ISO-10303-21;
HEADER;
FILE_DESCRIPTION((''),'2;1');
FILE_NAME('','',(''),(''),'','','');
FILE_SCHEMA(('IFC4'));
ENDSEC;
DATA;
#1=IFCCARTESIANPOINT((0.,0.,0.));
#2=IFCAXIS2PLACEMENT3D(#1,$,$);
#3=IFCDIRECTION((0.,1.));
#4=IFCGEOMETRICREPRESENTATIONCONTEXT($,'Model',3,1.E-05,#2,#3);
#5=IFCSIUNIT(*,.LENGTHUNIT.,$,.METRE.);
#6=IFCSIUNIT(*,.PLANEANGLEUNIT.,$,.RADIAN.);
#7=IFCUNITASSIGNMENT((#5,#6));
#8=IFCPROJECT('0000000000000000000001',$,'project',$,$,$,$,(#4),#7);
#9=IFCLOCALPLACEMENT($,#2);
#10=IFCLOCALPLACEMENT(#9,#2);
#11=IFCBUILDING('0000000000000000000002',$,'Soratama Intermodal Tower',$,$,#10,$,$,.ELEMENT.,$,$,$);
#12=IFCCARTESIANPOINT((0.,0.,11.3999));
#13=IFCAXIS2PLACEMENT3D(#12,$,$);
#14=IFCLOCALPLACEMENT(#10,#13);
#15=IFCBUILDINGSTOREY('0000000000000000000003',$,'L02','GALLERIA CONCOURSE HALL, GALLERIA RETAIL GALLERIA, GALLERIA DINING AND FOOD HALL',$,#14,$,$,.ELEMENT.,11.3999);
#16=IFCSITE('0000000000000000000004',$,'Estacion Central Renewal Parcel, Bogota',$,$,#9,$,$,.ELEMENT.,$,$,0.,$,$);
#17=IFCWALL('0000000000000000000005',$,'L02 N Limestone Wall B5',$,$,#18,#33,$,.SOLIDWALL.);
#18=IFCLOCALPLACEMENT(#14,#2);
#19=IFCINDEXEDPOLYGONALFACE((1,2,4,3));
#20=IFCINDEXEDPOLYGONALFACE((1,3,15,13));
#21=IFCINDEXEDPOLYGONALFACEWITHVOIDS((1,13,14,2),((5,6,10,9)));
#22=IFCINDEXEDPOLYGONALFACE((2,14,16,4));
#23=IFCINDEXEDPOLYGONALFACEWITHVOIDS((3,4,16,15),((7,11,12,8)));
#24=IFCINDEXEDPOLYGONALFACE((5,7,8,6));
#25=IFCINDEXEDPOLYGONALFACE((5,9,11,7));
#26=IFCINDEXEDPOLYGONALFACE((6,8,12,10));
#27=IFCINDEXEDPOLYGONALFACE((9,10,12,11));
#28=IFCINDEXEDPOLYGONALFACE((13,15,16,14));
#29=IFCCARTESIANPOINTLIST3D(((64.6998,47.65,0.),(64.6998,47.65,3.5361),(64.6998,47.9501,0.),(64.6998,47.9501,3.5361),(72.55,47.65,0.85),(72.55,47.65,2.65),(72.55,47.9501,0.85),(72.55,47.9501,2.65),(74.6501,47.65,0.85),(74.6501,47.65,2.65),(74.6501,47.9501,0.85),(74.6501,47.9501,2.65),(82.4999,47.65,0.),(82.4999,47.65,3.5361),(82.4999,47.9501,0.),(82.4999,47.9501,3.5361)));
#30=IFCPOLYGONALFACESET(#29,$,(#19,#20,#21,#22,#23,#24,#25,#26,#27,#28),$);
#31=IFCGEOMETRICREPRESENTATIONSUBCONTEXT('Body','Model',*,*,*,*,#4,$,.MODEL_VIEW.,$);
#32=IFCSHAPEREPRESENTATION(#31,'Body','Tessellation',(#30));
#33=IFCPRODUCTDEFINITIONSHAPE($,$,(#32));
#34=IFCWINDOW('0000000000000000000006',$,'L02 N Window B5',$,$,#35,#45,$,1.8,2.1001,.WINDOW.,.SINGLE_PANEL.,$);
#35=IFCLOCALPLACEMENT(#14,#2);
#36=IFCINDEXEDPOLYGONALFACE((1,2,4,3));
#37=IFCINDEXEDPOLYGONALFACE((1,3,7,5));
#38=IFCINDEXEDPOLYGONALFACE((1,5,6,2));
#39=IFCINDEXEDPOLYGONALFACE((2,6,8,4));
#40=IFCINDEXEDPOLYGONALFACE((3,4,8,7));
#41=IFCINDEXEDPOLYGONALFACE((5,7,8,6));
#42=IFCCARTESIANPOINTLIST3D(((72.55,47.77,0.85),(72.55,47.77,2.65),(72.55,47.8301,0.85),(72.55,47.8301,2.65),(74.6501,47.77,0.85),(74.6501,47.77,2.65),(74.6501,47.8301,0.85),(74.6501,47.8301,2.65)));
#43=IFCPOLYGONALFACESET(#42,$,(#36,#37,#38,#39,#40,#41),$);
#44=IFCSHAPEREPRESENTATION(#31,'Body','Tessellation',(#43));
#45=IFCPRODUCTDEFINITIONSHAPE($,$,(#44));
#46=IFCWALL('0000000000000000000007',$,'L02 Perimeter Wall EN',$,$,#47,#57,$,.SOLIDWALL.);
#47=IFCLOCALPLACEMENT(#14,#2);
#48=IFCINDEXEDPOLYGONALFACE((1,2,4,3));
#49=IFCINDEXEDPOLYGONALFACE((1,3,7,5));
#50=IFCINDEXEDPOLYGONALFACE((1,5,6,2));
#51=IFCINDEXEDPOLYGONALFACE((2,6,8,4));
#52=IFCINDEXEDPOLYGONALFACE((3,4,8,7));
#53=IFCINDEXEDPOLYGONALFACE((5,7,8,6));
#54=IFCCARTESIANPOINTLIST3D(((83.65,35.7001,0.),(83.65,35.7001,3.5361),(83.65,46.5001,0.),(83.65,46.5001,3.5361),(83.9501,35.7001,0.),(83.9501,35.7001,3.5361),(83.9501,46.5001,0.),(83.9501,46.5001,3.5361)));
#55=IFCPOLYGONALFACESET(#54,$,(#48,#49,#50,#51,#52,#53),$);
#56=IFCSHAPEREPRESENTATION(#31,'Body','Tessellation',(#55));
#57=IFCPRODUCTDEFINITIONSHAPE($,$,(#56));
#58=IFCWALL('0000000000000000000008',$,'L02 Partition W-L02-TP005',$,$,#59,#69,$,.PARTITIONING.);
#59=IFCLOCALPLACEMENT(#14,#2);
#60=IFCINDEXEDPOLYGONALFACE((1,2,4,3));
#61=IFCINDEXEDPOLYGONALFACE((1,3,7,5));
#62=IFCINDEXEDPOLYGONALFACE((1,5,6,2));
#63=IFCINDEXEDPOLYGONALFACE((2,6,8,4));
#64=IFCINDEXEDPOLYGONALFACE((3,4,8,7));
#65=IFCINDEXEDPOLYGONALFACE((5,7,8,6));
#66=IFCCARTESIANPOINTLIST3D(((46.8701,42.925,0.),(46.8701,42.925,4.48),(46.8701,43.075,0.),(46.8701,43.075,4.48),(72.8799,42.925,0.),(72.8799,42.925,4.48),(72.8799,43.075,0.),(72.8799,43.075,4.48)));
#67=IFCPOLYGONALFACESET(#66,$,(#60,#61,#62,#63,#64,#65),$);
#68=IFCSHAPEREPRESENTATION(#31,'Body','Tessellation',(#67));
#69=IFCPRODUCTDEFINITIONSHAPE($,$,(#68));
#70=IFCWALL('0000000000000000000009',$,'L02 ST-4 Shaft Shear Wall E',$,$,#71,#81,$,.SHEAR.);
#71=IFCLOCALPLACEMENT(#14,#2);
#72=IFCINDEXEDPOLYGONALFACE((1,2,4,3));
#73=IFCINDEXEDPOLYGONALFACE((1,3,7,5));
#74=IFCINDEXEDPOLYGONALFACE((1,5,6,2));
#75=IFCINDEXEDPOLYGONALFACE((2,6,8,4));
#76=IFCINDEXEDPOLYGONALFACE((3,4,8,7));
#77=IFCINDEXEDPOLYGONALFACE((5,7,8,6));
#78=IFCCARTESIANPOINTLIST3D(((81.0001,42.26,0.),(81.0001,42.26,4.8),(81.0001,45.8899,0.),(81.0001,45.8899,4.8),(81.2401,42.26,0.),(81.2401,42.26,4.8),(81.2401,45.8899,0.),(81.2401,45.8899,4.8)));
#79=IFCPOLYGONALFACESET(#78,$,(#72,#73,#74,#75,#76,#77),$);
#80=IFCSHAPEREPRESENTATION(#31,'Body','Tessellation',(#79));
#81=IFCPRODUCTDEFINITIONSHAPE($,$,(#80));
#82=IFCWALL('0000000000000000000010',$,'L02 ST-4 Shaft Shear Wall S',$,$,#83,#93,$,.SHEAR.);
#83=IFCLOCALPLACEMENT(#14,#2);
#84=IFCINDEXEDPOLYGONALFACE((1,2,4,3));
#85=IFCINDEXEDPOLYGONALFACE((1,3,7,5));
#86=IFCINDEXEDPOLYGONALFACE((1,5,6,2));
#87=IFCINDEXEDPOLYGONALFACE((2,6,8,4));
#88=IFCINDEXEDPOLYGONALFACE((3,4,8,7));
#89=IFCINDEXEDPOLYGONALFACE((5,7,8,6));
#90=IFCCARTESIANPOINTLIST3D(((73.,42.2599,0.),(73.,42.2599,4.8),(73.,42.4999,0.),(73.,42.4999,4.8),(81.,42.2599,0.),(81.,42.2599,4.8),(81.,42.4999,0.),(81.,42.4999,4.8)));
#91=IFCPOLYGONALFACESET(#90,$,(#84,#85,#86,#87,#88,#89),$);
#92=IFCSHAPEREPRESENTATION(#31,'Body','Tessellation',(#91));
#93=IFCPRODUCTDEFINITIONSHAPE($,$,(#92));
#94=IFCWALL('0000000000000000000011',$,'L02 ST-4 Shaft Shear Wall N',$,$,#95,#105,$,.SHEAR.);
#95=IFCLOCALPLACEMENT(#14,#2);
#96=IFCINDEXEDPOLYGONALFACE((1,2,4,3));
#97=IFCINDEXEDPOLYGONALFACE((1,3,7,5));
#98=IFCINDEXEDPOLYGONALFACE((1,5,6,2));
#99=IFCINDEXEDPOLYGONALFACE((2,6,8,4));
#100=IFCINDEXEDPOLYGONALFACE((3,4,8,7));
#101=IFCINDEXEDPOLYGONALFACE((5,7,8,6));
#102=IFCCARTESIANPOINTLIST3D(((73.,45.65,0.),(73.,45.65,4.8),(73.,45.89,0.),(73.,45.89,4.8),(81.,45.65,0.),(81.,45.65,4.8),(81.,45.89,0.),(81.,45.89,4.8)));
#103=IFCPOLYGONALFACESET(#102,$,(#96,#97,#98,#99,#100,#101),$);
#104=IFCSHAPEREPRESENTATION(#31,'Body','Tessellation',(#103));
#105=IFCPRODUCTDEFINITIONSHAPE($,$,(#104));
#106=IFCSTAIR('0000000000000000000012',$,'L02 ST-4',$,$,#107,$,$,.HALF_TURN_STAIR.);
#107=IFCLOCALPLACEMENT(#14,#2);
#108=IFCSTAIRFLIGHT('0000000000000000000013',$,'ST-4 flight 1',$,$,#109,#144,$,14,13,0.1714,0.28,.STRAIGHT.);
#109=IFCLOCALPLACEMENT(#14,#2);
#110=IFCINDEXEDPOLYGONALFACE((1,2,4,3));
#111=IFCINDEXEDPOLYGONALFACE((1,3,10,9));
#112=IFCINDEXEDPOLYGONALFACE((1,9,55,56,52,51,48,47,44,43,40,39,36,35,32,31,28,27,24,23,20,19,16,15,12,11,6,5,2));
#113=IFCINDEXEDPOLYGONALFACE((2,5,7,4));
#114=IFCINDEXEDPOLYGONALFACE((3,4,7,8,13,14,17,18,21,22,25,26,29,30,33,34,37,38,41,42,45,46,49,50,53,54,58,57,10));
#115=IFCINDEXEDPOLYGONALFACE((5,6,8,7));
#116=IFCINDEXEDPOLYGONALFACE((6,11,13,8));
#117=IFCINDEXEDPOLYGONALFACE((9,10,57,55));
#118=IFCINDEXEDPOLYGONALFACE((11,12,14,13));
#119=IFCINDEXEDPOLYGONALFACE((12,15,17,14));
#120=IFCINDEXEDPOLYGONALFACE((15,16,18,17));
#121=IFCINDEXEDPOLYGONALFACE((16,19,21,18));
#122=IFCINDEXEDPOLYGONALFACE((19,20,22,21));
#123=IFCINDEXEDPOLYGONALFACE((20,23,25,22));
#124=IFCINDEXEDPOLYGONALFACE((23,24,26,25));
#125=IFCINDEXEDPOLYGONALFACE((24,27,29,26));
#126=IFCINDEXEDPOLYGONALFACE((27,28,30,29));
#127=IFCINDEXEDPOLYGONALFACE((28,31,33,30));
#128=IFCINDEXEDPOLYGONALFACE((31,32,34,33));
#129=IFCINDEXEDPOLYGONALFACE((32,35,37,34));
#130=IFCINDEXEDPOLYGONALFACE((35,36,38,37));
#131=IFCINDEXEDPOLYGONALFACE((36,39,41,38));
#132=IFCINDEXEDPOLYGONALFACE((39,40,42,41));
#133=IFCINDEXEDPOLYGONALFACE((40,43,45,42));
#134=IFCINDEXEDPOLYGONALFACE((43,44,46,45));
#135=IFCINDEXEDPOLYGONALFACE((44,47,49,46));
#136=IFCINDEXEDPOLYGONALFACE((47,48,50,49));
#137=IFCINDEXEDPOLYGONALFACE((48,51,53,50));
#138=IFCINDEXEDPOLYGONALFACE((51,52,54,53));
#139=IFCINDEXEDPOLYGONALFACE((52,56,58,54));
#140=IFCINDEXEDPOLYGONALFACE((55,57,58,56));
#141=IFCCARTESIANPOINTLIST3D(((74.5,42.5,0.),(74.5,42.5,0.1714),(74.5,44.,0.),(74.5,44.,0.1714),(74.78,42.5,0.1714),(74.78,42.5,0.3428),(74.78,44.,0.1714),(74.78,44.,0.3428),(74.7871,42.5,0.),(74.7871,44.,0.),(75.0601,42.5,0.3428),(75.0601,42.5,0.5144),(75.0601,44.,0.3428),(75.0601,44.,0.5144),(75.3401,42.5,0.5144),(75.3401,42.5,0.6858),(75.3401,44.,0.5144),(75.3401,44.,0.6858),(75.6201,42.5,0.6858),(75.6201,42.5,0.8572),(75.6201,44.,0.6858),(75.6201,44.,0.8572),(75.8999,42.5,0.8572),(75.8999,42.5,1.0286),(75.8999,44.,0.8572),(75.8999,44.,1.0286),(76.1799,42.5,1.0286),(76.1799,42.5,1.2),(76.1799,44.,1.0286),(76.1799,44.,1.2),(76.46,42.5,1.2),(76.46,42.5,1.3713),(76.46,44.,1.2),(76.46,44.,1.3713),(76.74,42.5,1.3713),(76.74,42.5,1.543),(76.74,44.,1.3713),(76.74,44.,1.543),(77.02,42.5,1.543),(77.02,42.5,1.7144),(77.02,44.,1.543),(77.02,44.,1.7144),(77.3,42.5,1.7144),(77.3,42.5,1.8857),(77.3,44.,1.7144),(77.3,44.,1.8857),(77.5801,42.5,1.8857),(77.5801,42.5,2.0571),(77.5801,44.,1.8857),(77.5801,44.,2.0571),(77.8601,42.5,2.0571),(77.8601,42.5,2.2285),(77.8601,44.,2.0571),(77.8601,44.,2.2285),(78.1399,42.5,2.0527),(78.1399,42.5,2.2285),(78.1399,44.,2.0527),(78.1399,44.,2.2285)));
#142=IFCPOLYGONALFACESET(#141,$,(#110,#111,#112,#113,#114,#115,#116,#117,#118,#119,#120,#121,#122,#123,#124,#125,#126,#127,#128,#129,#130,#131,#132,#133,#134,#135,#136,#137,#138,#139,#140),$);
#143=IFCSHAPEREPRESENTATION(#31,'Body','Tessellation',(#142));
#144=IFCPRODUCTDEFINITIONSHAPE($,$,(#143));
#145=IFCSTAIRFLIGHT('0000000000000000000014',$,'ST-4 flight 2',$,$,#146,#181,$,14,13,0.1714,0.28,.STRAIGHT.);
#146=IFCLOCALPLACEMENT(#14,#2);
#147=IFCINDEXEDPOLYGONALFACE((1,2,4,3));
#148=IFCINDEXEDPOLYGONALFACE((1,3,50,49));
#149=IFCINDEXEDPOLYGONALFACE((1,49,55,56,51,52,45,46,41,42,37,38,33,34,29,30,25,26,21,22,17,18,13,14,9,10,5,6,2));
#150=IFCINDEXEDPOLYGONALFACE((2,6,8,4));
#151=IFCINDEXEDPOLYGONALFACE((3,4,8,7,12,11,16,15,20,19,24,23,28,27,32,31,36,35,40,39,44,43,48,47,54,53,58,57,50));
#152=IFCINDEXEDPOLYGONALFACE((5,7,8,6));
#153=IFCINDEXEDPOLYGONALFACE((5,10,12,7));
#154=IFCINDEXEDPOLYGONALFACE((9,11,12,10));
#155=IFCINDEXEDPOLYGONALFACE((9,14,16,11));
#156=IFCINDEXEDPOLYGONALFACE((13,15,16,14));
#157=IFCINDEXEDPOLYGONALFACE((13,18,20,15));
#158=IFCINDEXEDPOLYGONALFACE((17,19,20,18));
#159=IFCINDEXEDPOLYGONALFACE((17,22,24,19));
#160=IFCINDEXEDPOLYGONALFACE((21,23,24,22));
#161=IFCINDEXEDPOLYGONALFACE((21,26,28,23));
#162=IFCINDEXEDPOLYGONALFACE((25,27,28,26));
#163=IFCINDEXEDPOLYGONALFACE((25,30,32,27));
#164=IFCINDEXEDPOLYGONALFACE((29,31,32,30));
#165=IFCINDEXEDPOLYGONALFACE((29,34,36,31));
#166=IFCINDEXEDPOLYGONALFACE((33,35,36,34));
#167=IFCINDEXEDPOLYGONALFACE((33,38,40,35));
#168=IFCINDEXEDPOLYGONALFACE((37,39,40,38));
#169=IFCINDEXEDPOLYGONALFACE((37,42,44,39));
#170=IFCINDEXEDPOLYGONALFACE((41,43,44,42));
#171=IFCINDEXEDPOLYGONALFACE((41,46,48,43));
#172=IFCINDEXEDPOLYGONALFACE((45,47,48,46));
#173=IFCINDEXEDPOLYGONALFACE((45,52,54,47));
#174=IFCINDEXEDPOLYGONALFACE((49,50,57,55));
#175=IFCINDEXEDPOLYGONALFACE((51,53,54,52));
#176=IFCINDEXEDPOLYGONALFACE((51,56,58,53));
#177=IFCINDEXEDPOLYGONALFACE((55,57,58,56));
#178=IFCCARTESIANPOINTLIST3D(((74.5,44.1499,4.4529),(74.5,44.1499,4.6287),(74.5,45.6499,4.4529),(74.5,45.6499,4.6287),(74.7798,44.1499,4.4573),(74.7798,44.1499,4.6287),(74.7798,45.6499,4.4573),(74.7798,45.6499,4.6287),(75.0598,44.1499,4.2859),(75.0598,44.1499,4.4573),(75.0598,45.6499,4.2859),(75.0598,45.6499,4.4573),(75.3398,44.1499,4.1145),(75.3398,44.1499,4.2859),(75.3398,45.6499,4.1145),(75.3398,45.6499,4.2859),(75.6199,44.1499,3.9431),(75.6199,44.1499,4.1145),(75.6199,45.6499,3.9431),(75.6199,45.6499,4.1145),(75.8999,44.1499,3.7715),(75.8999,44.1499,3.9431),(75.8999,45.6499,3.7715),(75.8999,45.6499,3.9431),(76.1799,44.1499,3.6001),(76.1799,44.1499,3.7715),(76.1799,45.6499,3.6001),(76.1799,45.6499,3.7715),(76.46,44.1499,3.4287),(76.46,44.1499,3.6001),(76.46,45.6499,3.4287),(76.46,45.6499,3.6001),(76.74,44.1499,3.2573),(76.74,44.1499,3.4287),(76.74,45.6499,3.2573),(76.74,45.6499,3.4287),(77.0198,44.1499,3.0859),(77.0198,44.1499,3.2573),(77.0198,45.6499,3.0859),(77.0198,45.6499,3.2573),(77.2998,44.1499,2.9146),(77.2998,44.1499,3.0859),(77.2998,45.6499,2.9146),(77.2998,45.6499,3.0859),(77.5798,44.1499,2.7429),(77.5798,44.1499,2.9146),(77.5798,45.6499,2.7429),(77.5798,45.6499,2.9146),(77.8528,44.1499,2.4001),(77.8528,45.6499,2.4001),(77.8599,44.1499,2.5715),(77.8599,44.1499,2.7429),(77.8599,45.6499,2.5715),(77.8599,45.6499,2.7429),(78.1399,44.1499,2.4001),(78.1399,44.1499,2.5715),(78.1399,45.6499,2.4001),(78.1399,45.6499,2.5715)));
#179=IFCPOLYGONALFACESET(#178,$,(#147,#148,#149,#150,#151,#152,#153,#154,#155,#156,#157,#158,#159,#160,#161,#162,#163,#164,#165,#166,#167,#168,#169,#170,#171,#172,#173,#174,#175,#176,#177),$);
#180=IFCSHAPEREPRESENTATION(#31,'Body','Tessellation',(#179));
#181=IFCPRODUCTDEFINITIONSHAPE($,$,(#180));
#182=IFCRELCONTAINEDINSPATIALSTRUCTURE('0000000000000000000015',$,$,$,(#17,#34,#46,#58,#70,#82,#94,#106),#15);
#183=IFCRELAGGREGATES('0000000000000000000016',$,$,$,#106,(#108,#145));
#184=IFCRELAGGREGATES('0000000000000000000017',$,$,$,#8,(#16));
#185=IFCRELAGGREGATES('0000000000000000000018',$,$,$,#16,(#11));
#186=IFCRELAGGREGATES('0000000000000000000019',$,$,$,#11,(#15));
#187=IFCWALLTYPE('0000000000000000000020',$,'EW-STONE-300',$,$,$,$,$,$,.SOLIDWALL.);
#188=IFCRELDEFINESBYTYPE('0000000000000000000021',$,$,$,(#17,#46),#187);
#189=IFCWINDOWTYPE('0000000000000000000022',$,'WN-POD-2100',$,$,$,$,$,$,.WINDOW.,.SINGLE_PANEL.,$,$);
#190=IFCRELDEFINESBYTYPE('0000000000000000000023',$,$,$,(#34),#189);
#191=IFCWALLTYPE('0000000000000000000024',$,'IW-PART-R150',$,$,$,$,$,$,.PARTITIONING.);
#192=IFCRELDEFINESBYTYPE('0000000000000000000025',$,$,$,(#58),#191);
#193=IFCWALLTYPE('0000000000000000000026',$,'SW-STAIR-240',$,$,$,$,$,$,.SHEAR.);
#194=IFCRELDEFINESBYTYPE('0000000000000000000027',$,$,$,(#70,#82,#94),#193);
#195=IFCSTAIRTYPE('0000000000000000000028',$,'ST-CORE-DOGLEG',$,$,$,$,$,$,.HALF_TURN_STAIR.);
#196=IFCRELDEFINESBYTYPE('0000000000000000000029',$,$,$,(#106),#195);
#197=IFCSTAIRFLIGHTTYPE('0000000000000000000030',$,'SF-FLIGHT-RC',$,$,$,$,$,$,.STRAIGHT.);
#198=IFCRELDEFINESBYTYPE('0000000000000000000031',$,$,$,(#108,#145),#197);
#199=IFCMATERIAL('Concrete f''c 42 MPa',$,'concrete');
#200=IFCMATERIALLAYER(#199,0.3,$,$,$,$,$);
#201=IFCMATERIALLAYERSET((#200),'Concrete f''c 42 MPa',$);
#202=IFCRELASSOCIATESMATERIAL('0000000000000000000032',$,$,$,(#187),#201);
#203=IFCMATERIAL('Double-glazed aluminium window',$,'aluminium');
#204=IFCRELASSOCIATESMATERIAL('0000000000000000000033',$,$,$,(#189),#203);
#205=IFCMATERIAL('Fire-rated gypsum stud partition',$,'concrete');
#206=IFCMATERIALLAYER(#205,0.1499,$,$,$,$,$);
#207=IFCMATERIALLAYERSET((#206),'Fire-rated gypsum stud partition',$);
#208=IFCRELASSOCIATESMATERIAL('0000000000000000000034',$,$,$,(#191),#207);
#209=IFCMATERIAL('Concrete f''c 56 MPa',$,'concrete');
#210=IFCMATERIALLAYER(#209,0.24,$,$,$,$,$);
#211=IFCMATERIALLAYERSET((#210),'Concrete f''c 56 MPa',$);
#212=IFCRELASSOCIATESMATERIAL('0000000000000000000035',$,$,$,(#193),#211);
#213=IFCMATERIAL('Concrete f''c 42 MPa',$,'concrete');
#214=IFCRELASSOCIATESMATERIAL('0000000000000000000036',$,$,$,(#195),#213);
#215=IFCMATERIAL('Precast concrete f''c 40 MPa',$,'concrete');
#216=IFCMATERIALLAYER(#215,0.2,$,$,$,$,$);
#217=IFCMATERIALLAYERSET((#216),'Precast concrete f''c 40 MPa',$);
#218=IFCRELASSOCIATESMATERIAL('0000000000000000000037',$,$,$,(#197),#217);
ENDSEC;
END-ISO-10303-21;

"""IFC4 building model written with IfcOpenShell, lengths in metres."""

from ifc_helpers import new_model, si_unit, direction, frame, frame_2d, origin, place, context, subcontext, project, spatial, polyline, rectangle, outline, extrude, material, layer, layer_set, type_object, element, fill, aggregate, save


model = new_model("IFC4")

# Units and contexts
model_context = context("Model", 3, precision=1e-05, world=origin(), true_north=direction((0.0, 1.0)))
body_context = subcontext(model_context, "Body", "Model", "MODEL_VIEW")
ifc_project = project(units=[si_unit("LENGTHUNIT", "METRE"), si_unit("PLANEANGLEUNIT", "RADIAN")], contexts=[model_context])

# Site, building, storey
site_placement = place(None, origin())
site = spatial("IfcSite", under=ifc_project, at=site_placement, Name="Estacion Central Renewal Parcel, Bogota", CompositionType="ELEMENT", RefElevation=0.0)
building_placement = place(site_placement, origin())
building = spatial("IfcBuilding", under=site, at=building_placement, Name="Soratama Intermodal Tower", CompositionType="ELEMENT")
storey_placement = place(building_placement, frame((0.0, 0.0, 11.3999)))
storey = spatial("IfcBuildingStorey", under=building, at=storey_placement, Name="L02", Description="GALLERIA CONCOURSE HALL, GALLERIA RETAIL GALLERIA, GALLERIA DINING AND FOOD HALL", CompositionType="ELEMENT", Elevation=11.3999)

# Wall, opening, window
ifc_material_1 = material(Name="Concrete f'c 42 MPa", Category="concrete")
ifc_layer_1 = layer(ifc_material_1, 0.3)
ifc_layer_set_1 = layer_set([ifc_layer_1], Name="Concrete f'c 42 MPa")
wall_type_1 = type_object("IfcWallType", Name="EW-STONE-300", PredefinedType="SOLIDWALL", material=ifc_layer_set_1)
wall_1_placement = place(storey_placement, frame((64.7, 47.8, 0.0), z_axis=(0.0, 0.0, 1.0), x_axis=(1.0, 0.0, 0.0)))
wall_1 = element("IfcWall", 1, at=wall_1_placement, inside=storey, type_object=wall_type_1, Name="L02 N Limestone Wall B5", PredefinedType="SOLIDWALL", context=body_context, shape_type="SweptSolid", body=[
    extrude(rectangle(XDim=17.8, YDim=0.3, at=frame_2d((8.8999, 0.0))), origin(), (0.0, 0.0, 1.0), 3.5361),
])
opening_1_placement = place(wall_1_placement, frame((7.8501, 0.0, 0.8501)))
opening_1 = element("IfcOpeningElement", 2, at=opening_1_placement, cuts=wall_1, PredefinedType="OPENING", context=body_context, shape_type="SweptSolid", body=[
    extrude(rectangle(XDim=2.1001, YDim=1.8, at=frame_2d((1.05, 0.8999))), frame((0.0, 0.1599, 0.0), z_axis=(0.0, -1.0, 0.0), x_axis=(1.0, 0.0, 0.0)), (0.0, 0.0, 1.0), 0.3201),
])
ifc_material_2 = material(Name="Double-glazed aluminium window", Category="aluminium")
window_type = type_object("IfcWindowType", Name="WN-POD-2100", PartitioningType="SINGLE_PANEL", PredefinedType="WINDOW", material=ifc_material_2)
window_placement = place(opening_1_placement, origin())
window = element("IfcWindow", 3, at=window_placement, inside=storey, type_object=window_type, Name="L02 N Window B5", OverallHeight=1.8, OverallWidth=2.1001, PartitioningType="SINGLE_PANEL", PredefinedType="WINDOW", context=body_context, shape_type="SweptSolid", body=[
    extrude(rectangle(XDim=2.1001, YDim=1.8, at=frame_2d((1.05, 0.8999))), frame((0.0, 0.03, 0.0), z_axis=(0.0, -1.0, 0.0), x_axis=(1.0, 0.0, 0.0)), (0.0, 0.0, 1.0), 0.0601),
])
fill(opening_1, window)

# Walls
wall_2_placement = place(storey_placement, frame((83.8, 46.5, 0.0), z_axis=(0.0, 0.0, 1.0), x_axis=(0.0, -1.0, 0.0)))
element("IfcWall", 4, at=wall_2_placement, inside=storey, type_object=wall_type_1, Name="L02 Perimeter Wall EN", PredefinedType="SOLIDWALL", context=body_context, shape_type="SweptSolid", body=[
    extrude(rectangle(XDim=10.8, YDim=0.3, at=frame_2d((5.3999, 0.0))), origin(), (0.0, 0.0, 1.0), 3.5361),
])
ifc_material_3 = material(Name="Fire-rated gypsum stud partition", Category="concrete")
ifc_layer_2 = layer(ifc_material_3, 0.1499)
ifc_layer_set_2 = layer_set([ifc_layer_2], Name="Fire-rated gypsum stud partition")
wall_type_2 = type_object("IfcWallType", Name="IW-PART-R150", PredefinedType="PARTITIONING", material=ifc_layer_set_2)
wall_3_placement = place(storey_placement, frame((72.8799, 43.0, 0.0), z_axis=(0.0, 0.0, 1.0), x_axis=(-1.0, 0.0, 0.0)))
element("IfcWall", 5, at=wall_3_placement, inside=storey, type_object=wall_type_2, Name="L02 Partition W-L02-TP005", PredefinedType="PARTITIONING", context=body_context, shape_type="SweptSolid", body=[
    extrude(rectangle(XDim=26.0098, YDim=0.1499, at=frame_2d((13.0049, 0.0))), origin(), (0.0, 0.0, 1.0), 4.48),
])

# Shared definitions
ifc_material_4 = material(Name="Concrete f'c 56 MPa", Category="concrete")
ifc_layer_3 = layer(ifc_material_4, 0.24)
ifc_layer_set_3 = layer_set([ifc_layer_3], Name="Concrete f'c 56 MPa")
wall_type_3 = type_object("IfcWallType", Name="SW-STAIR-240", PredefinedType="SHEAR", material=ifc_layer_set_3)

# Walls
wall_4_placement = place(storey_placement, frame((81.1201, 42.26, 0.0), z_axis=(0.0, 0.0, 1.0), x_axis=(0.0, 1.0, 0.0)))
element("IfcWall", 6, at=wall_4_placement, inside=storey, type_object=wall_type_3, Name="L02 ST-4 Shaft Shear Wall E", PredefinedType="SHEAR", context=body_context, shape_type="SweptSolid", body=[
    extrude(rectangle(XDim=3.6299, YDim=0.24, at=frame_2d((1.8149, 0.0))), origin(), (0.0, 0.0, 1.0), 4.8),
])
for number, where, z_axis, x_axis, name in (
    (7, (73.0, 42.3799, 0.0), (0.0, 0.0, 1.0), (1.0, 0.0, 0.0), "L02 ST-4 Shaft Shear Wall S"),
    (8, (73.0, 45.77, 0.0), (0.0, 0.0, 1.0), (1.0, 0.0, 0.0), "L02 ST-4 Shaft Shear Wall N"),
):
    element("IfcWall", number, at=place(storey_placement, frame(where, z_axis=z_axis, x_axis=x_axis)), inside=storey, type_object=wall_type_3, Name=name, PredefinedType="SHEAR", context=body_context, shape_type="SweptSolid", body=[
        extrude(rectangle(XDim=8.0, YDim=0.24, at=frame_2d((4.0, 0.0))), origin(), (0.0, 0.0, 1.0), 4.8),
    ])

# Stair, stair flights
ifc_material_5 = material(Name="Concrete f'c 42 MPa", Category="concrete")
stair_type = type_object("IfcStairType", Name="ST-CORE-DOGLEG", PredefinedType="HALF_TURN_STAIR", material=ifc_material_5)
stair_placement = place(storey_placement, origin())
stair = element("IfcStair", 9, at=stair_placement, inside=storey, type_object=stair_type, Name="L02 ST-4", PredefinedType="HALF_TURN_STAIR")
ifc_material_6 = material(Name="Precast concrete f'c 40 MPa", Category="concrete")
ifc_layer_4 = layer(ifc_material_6, 0.2)
ifc_layer_set_4 = layer_set([ifc_layer_4], Name="Precast concrete f'c 40 MPa")
stair_flight_type = type_object("IfcStairFlightType", Name="SF-FLIGHT-RC", PredefinedType="STRAIGHT", material=ifc_layer_set_4)
stair_flight_1_placement = place(storey_placement, frame((74.5, 43.25, 0.0), z_axis=(0.0, 0.0, 1.0), x_axis=(1.0, 0.0, 0.0)))
stair_flight_1 = element("IfcStairFlight", 10, at=stair_flight_1_placement, type_object=stair_flight_type, Name="ST-4 flight 1", NumberOfRisers=14, NumberOfTreads=13, PredefinedType="STRAIGHT", RiserHeight=0.1714, TreadLength=0.28, context=body_context, shape_type="SweptSolid", body=[
    extrude(outline(polyline([(0.0, 0.0), (0.0, 0.1714), (0.28, 0.1714), (0.28, 0.3428), (0.5601, 0.3428), (0.5601, 0.5144), (0.8401, 0.5144), (0.8401, 0.6858), (1.1201, 0.6858), (1.1201, 0.8572), (1.3999, 0.8572), (1.3999, 1.0286), (1.6799, 1.0286), (1.6799, 1.2), (1.96, 1.2), (1.96, 1.3713), (2.24, 1.3713), (2.24, 1.543), (2.52, 1.543), (2.52, 1.7144), (2.8, 1.7144), (2.8, 1.8857), (3.0801, 1.8857), (3.0801, 2.0571), (3.3601, 2.0571), (3.3601, 2.2285), (3.6399, 2.2285), (3.6399, 2.3999), (3.6399, 2.0527), (0.2871, 0.0), (0.0, 0.0)])), frame((0.0, 0.75, 0.0), z_axis=(0.0, -1.0, 0.0), x_axis=(1.0, 0.0, 0.0)), (0.0, 0.0, 1.0), 1.5),
])
stair_flight_2_placement = place(storey_placement, frame((78.1399, 44.8999, 2.4001), z_axis=(0.0, 0.0, 1.0), x_axis=(-1.0, 0.0, 0.0)))
stair_flight_2 = element("IfcStairFlight", 11, at=stair_flight_2_placement, type_object=stair_flight_type, Name="ST-4 flight 2", NumberOfRisers=14, NumberOfTreads=13, PredefinedType="STRAIGHT", RiserHeight=0.1714, TreadLength=0.28, context=body_context, shape_type="SweptSolid", body=[
    extrude(outline(polyline([(0.0, 0.0), (0.0, 0.1714), (0.28, 0.1714), (0.28, 0.3428), (0.5601, 0.3428), (0.5601, 0.5144), (0.8401, 0.5144), (0.8401, 0.6858), (1.1201, 0.6858), (1.1201, 0.8572), (1.3999, 0.8572), (1.3999, 1.0286), (1.6799, 1.0286), (1.6799, 1.2), (1.96, 1.2), (1.96, 1.3713), (2.24, 1.3713), (2.24, 1.543), (2.52, 1.543), (2.52, 1.7144), (2.8, 1.7144), (2.8, 1.8857), (3.0801, 1.8857), (3.0801, 2.0571), (3.3601, 2.0571), (3.3601, 2.2285), (3.6399, 2.2285), (3.6399, 2.3999), (3.6399, 2.0527), (0.2871, 0.0), (0.0, 0.0)])), frame((0.0, 0.75, 0.0), z_axis=(0.0, -1.0, 0.0), x_axis=(1.0, 0.0, 0.0)), (0.0, 0.0, 1.0), 1.5),
])
aggregate(stair, [stair_flight_1, stair_flight_2])

save(model, "model.ifc")
